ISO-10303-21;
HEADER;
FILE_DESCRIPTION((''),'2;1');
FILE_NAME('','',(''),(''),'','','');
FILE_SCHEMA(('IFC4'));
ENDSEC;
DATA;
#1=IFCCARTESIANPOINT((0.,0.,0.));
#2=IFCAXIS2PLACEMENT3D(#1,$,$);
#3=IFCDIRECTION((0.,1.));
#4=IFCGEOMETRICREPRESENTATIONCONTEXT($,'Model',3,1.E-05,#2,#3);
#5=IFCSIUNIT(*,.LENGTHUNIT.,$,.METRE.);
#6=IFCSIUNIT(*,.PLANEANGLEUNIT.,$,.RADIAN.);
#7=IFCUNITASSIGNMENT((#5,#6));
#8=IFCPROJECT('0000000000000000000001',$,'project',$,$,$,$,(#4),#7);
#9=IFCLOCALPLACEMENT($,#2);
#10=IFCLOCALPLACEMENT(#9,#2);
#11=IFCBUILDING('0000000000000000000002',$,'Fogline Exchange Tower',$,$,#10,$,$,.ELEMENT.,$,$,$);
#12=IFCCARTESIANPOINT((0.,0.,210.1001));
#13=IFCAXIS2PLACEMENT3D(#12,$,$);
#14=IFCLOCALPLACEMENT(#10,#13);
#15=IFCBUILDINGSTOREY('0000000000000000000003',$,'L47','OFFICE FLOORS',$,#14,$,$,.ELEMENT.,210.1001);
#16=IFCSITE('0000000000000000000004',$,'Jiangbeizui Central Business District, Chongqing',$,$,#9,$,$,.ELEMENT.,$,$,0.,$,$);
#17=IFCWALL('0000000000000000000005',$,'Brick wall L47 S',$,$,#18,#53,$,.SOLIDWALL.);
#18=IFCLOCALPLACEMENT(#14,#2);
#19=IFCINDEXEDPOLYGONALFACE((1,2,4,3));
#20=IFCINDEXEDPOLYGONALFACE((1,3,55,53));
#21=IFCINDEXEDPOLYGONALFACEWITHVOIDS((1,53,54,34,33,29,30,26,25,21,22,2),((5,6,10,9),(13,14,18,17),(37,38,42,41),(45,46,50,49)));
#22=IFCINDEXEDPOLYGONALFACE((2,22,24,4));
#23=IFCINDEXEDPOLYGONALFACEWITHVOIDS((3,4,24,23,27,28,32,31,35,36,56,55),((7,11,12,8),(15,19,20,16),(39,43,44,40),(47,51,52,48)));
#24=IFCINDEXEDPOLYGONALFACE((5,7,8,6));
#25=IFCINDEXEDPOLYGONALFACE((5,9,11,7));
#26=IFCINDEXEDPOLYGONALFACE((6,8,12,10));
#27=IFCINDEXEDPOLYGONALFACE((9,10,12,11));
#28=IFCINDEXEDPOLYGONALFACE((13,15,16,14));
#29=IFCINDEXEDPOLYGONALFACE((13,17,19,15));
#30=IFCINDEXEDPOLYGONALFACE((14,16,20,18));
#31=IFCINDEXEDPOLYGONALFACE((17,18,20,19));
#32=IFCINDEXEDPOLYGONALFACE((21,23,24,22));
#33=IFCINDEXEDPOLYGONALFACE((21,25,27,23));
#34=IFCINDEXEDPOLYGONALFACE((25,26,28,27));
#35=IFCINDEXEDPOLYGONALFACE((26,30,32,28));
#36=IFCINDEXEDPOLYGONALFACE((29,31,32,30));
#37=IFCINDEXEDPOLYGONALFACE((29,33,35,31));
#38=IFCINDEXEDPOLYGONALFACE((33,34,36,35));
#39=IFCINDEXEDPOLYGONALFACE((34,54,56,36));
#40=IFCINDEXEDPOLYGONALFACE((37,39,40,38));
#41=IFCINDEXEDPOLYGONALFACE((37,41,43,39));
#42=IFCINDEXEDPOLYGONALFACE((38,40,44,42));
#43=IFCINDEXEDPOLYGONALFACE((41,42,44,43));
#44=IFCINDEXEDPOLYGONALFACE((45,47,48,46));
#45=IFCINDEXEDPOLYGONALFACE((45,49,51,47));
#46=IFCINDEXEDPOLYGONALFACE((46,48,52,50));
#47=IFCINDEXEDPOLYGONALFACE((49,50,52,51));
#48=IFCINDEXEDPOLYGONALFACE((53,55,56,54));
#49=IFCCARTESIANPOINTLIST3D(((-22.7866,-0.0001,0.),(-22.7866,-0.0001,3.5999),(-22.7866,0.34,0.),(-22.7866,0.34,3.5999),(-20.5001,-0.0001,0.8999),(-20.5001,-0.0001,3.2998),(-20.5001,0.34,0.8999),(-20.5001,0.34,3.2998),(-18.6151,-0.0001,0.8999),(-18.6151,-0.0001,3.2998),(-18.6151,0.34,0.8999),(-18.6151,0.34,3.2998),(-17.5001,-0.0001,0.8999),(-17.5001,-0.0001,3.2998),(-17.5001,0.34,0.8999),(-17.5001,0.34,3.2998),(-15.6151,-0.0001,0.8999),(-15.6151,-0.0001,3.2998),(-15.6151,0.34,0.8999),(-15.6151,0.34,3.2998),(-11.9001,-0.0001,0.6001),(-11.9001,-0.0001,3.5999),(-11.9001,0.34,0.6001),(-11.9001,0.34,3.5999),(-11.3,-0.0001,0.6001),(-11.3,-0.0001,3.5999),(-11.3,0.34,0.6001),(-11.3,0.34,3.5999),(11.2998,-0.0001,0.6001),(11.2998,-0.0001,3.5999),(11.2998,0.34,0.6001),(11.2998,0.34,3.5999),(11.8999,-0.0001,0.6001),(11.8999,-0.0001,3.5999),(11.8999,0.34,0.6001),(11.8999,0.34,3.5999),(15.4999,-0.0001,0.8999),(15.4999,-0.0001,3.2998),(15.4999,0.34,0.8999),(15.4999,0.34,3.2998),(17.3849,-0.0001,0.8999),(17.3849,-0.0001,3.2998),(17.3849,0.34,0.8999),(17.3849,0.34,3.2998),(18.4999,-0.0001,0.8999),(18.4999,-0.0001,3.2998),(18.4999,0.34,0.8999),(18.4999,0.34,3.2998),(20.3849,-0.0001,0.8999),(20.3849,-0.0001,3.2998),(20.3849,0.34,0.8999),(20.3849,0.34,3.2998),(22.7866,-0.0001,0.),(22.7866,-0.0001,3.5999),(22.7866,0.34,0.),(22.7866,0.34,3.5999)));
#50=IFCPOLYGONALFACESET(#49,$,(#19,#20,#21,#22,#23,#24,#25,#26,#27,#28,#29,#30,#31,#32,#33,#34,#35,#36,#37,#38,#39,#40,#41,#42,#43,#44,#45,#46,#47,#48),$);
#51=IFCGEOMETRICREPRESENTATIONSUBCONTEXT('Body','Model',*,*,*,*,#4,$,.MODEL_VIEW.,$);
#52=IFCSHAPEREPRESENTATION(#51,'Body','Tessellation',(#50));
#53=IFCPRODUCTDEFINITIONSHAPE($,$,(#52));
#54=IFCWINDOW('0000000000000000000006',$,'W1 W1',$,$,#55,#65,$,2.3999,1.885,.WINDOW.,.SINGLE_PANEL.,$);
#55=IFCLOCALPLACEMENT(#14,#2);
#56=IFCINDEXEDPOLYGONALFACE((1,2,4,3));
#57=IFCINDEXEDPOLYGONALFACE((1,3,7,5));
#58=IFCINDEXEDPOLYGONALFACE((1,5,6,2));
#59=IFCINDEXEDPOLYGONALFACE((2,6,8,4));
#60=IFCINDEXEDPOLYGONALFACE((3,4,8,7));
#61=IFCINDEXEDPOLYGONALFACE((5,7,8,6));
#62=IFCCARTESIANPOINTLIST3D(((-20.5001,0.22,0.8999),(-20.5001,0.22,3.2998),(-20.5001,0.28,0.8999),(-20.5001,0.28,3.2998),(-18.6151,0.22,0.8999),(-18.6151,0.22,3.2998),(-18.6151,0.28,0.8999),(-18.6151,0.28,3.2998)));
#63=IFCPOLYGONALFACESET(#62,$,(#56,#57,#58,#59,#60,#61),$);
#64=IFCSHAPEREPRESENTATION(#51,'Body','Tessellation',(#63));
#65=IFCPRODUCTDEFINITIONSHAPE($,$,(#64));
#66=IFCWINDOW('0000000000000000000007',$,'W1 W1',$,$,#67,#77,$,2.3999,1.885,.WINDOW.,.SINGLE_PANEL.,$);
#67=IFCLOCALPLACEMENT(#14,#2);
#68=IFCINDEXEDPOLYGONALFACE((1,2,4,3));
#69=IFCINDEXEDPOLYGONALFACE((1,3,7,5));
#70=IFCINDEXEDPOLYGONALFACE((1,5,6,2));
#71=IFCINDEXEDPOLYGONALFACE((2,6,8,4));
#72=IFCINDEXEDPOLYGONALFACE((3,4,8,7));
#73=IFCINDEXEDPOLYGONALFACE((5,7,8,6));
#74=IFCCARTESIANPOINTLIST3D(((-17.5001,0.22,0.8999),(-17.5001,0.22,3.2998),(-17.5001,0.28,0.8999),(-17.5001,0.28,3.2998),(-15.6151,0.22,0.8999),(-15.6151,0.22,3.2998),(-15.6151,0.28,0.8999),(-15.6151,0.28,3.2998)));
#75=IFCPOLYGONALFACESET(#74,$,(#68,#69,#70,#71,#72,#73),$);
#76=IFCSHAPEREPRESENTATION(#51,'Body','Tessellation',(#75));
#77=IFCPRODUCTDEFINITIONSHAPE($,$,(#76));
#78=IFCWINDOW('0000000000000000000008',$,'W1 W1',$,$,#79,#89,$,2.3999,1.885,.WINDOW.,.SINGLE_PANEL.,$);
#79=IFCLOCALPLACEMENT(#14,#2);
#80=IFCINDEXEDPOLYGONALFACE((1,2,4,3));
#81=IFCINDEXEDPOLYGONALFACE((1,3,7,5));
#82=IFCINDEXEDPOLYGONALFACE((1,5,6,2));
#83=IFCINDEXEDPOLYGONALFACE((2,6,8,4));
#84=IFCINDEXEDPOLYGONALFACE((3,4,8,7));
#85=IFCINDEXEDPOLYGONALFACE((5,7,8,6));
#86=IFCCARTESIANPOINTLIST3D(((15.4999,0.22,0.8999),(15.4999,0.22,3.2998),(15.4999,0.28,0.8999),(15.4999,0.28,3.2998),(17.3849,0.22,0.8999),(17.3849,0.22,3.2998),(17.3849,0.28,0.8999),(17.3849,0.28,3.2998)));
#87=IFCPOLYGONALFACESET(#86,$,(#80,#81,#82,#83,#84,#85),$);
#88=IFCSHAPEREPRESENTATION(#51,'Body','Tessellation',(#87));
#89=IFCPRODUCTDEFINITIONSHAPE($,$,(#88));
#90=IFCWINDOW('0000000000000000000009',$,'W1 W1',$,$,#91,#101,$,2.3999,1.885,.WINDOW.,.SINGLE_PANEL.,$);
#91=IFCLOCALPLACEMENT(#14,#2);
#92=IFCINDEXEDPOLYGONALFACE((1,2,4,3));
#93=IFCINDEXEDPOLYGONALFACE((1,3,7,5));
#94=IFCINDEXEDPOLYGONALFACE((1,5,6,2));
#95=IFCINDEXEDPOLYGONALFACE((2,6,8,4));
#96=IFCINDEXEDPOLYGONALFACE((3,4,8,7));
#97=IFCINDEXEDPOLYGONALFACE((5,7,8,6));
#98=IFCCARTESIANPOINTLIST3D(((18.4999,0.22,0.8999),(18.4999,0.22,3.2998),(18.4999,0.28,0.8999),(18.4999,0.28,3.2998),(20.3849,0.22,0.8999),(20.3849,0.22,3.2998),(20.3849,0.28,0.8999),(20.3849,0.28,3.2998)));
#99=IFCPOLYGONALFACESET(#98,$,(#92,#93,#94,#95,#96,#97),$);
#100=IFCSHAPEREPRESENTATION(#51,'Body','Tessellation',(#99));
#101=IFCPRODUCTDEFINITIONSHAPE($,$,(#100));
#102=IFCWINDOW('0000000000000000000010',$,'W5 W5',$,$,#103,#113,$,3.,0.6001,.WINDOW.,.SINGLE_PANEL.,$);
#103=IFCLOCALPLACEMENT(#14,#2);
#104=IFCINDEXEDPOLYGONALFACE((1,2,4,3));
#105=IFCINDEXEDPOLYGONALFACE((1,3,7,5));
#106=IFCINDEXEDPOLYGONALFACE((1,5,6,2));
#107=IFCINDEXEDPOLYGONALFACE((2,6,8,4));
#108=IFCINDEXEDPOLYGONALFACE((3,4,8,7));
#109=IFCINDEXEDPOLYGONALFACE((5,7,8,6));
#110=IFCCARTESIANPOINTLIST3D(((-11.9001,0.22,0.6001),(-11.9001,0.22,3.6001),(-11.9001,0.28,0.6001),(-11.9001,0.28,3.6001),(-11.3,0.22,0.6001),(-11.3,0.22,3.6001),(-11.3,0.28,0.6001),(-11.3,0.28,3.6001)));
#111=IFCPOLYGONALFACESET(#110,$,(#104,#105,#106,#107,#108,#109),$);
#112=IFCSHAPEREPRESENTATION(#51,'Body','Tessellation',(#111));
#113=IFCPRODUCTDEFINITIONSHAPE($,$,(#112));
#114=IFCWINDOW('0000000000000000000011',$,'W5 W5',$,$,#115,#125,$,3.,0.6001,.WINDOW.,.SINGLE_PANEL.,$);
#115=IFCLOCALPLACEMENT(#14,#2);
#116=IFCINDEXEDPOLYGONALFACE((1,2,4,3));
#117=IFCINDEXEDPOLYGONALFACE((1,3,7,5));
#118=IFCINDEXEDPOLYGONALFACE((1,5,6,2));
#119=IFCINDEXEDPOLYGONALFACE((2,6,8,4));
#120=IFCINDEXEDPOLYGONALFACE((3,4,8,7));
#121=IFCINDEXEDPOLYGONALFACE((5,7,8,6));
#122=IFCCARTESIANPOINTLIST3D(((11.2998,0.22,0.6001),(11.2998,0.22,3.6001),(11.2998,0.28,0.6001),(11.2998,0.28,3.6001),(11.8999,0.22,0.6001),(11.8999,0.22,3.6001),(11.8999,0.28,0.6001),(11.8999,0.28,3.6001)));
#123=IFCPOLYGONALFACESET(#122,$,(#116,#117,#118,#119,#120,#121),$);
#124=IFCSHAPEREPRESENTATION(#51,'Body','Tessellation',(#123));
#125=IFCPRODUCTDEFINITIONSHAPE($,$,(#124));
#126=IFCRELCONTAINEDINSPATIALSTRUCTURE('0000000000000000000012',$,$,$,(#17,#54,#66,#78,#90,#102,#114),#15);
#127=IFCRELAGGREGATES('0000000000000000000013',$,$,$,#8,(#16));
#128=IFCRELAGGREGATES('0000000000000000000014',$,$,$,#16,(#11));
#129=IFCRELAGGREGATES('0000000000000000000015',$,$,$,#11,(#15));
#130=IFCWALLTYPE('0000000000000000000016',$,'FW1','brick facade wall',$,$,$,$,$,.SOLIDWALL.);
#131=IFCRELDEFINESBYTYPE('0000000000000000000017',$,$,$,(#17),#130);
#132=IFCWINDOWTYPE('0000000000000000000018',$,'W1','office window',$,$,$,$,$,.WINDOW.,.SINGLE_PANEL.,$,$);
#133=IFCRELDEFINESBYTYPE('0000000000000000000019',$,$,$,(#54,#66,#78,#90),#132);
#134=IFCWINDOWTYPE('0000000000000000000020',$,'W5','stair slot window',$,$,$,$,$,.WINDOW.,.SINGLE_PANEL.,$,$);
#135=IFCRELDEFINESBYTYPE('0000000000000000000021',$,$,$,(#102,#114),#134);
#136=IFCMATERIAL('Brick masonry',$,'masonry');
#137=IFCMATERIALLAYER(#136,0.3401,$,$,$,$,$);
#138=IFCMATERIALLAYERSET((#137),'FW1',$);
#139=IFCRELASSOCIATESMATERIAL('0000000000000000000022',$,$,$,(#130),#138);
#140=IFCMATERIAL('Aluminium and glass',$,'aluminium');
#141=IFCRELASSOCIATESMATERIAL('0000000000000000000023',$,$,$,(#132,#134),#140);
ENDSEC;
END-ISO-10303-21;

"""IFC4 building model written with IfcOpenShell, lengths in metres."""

from ifc_helpers import new_model, si_unit, direction, frame, frame_2d, origin, place, context, subcontext, project, spatial, rectangle, extrude, material, layer, layer_set, type_object, element, fill, save


model = new_model("IFC4")

# Units and contexts
model_context = context("Model", 3, precision=1e-05, world=origin(), true_north=direction((0.0, 1.0)))
body_context = subcontext(model_context, "Body", "Model", "MODEL_VIEW")
ifc_project = project(units=[si_unit("LENGTHUNIT", "METRE"), si_unit("PLANEANGLEUNIT", "RADIAN")], contexts=[model_context])

# Site, building, storey
site_placement = place(None, origin())
site = spatial("IfcSite", under=ifc_project, at=site_placement, Name="Jiangbeizui Central Business District, Chongqing", CompositionType="ELEMENT", RefElevation=0.0)
building_placement = place(site_placement, origin())
building = spatial("IfcBuilding", under=site, at=building_placement, Name="Fogline Exchange Tower", CompositionType="ELEMENT")
storey_placement = place(building_placement, frame((0.0, 0.0, 210.1001)))
storey = spatial("IfcBuildingStorey", under=building, at=storey_placement, Name="L47", Description="OFFICE FLOORS", CompositionType="ELEMENT", Elevation=210.1001)

# Shared definitions
ifc_material_1 = material(Name="Brick masonry", Category="masonry")
ifc_layer = layer(ifc_material_1, 0.3401)
ifc_layer_set = layer_set([ifc_layer], Name="FW1")
wall_type = type_object("IfcWallType", Name="FW1", Description="brick facade wall", PredefinedType="SOLIDWALL", material=ifc_layer_set)
ifc_material_2 = material(Name="Aluminium and glass", Category="aluminium")

# Wall, openings, windows
wall_1_placement = place(storey_placement, frame((-22.7866, 0.1699, 0.0), z_axis=(0.0, 0.0, 1.0), x_axis=(1.0, 0.0, 0.0)))
wall_1 = element("IfcWall", 1, at=wall_1_placement, inside=storey, type_object=wall_type, Name="Brick wall L47 S", PredefinedType="SOLIDWALL", context=body_context, shape_type="SweptSolid", body=[
    extrude(rectangle(XDim=45.5732, YDim=0.3401, at=frame_2d((22.7866, 0.0))), origin(), (0.0, 0.0, 1.0), 3.5999),
])
opening_1_placement = place(wall_1_placement, frame((2.2866, 0.0, 0.8999)))
opening_1 = element("IfcOpeningElement", 2, at=opening_1_placement, cuts=wall_1, PredefinedType="OPENING", context=body_context, shape_type="SweptSolid", body=[
    extrude(rectangle(XDim=1.885, YDim=2.3999, at=frame_2d((0.9424, 1.2))), frame((0.0, 0.1802, 0.0), z_axis=(0.0, -1.0, 0.0), x_axis=(1.0, 0.0, 0.0)), (0.0, 0.0, 1.0), 0.3601),
])
opening_2_placement = place(wall_1_placement, frame((5.2866, 0.0, 0.8999)))
opening_2 = element("IfcOpeningElement", 3, at=opening_2_placement, cuts=wall_1, PredefinedType="OPENING", context=body_context, shape_type="SweptSolid", body=[
    extrude(rectangle(XDim=1.885, YDim=2.3999, at=frame_2d((0.9424, 1.2))), frame((0.0, 0.1802, 0.0), z_axis=(0.0, -1.0, 0.0), x_axis=(1.0, 0.0, 0.0)), (0.0, 0.0, 1.0), 0.3601),
])
opening_3_placement = place(wall_1_placement, frame((38.2866, 0.0, 0.8999)))
opening_3 = element("IfcOpeningElement", 4, at=opening_3_placement, cuts=wall_1, PredefinedType="OPENING", context=body_context, shape_type="SweptSolid", body=[
    extrude(rectangle(XDim=1.885, YDim=2.3999, at=frame_2d((0.9424, 1.2))), frame((0.0, 0.1802, 0.0), z_axis=(0.0, -1.0, 0.0), x_axis=(1.0, 0.0, 0.0)), (0.0, 0.0, 1.0), 0.3601),
])
opening_4_placement = place(wall_1_placement, frame((41.2866, 0.0, 0.8999)))
opening_4 = element("IfcOpeningElement", 5, at=opening_4_placement, cuts=wall_1, PredefinedType="OPENING", context=body_context, shape_type="SweptSolid", body=[
    extrude(rectangle(XDim=1.885, YDim=2.3999, at=frame_2d((0.9424, 1.2))), frame((0.0, 0.1802, 0.0), z_axis=(0.0, -1.0, 0.0), x_axis=(1.0, 0.0, 0.0)), (0.0, 0.0, 1.0), 0.3601),
])
opening_5_placement = place(wall_1_placement, frame((10.8865, 0.0, 0.6001)))
opening_5 = element("IfcOpeningElement", 6, at=opening_5_placement, cuts=wall_1, PredefinedType="OPENING", context=body_context, shape_type="SweptSolid", body=[
    extrude(rectangle(XDim=0.6001, YDim=3.0, at=frame_2d((0.3, 1.5))), frame((0.0, 0.1802, 0.0), z_axis=(0.0, -1.0, 0.0), x_axis=(1.0, 0.0, 0.0)), (0.0, 0.0, 1.0), 0.3601),
])
opening_6_placement = place(wall_1_placement, frame((34.0864, 0.0, 0.6001)))
opening_6 = element("IfcOpeningElement", 7, at=opening_6_placement, cuts=wall_1, PredefinedType="OPENING", context=body_context, shape_type="SweptSolid", body=[
    extrude(rectangle(XDim=0.6001, YDim=3.0, at=frame_2d((0.3, 1.5))), frame((0.0, 0.1802, 0.0), z_axis=(0.0, -1.0, 0.0), x_axis=(1.0, 0.0, 0.0)), (0.0, 0.0, 1.0), 0.3601),
])
window_type_1 = type_object("IfcWindowType", Name="W1", Description="office window", PartitioningType="SINGLE_PANEL", PredefinedType="WINDOW", material=ifc_material_2)
window_1_placement = place(opening_1_placement, origin())
window_1 = element("IfcWindow", 8, at=window_1_placement, inside=storey, type_object=window_type_1, Name="W1 W1", OverallHeight=2.3999, OverallWidth=1.885, PartitioningType="SINGLE_PANEL", PredefinedType="WINDOW", context=body_context, shape_type="SweptSolid", body=[
    extrude(rectangle(XDim=1.885, YDim=2.3999, at=frame_2d((0.9424, 1.2))), frame((0.0, 0.1101, 0.0), z_axis=(0.0, -1.0, 0.0), x_axis=(1.0, 0.0, 0.0)), (0.0, 0.0, 1.0), 0.0601),
])
fill(opening_1, window_1)
window_2_placement = place(opening_2_placement, origin())
window_2 = element("IfcWindow", 9, at=window_2_placement, inside=storey, type_object=window_type_1, Name="W1 W1", OverallHeight=2.3999, OverallWidth=1.885, PartitioningType="SINGLE_PANEL", PredefinedType="WINDOW", context=body_context, shape_type="SweptSolid", body=[
    extrude(rectangle(XDim=1.885, YDim=2.3999, at=frame_2d((0.9424, 1.2))), frame((0.0, 0.1101, 0.0), z_axis=(0.0, -1.0, 0.0), x_axis=(1.0, 0.0, 0.0)), (0.0, 0.0, 1.0), 0.0601),
])
fill(opening_2, window_2)
window_3_placement = place(opening_3_placement, origin())
window_3 = element("IfcWindow", 10, at=window_3_placement, inside=storey, type_object=window_type_1, Name="W1 W1", OverallHeight=2.3999, OverallWidth=1.885, PartitioningType="SINGLE_PANEL", PredefinedType="WINDOW", context=body_context, shape_type="SweptSolid", body=[
    extrude(rectangle(XDim=1.885, YDim=2.3999, at=frame_2d((0.9424, 1.2))), frame((0.0, 0.1101, 0.0), z_axis=(0.0, -1.0, 0.0), x_axis=(1.0, 0.0, 0.0)), (0.0, 0.0, 1.0), 0.0601),
])
fill(opening_3, window_3)
window_4_placement = place(opening_4_placement, origin())
window_4 = element("IfcWindow", 11, at=window_4_placement, inside=storey, type_object=window_type_1, Name="W1 W1", OverallHeight=2.3999, OverallWidth=1.885, PartitioningType="SINGLE_PANEL", PredefinedType="WINDOW", context=body_context, shape_type="SweptSolid", body=[
    extrude(rectangle(XDim=1.885, YDim=2.3999, at=frame_2d((0.9424, 1.2))), frame((0.0, 0.1101, 0.0), z_axis=(0.0, -1.0, 0.0), x_axis=(1.0, 0.0, 0.0)), (0.0, 0.0, 1.0), 0.0601),
])
fill(opening_4, window_4)
window_type_2 = type_object("IfcWindowType", Name="W5", Description="stair slot window", PartitioningType="SINGLE_PANEL", PredefinedType="WINDOW", material=ifc_material_2)
window_5_placement = place(opening_5_placement, origin())
window_5 = element("IfcWindow", 12, at=window_5_placement, inside=storey, type_object=window_type_2, Name="W5 W5", OverallHeight=3.0, OverallWidth=0.6001, PartitioningType="SINGLE_PANEL", PredefinedType="WINDOW", context=body_context, shape_type="SweptSolid", body=[
    extrude(rectangle(XDim=0.6001, YDim=3.0, at=frame_2d((0.3, 1.5))), frame((0.0, 0.1101, 0.0), z_axis=(0.0, -1.0, 0.0), x_axis=(1.0, 0.0, 0.0)), (0.0, 0.0, 1.0), 0.0601),
])
fill(opening_5, window_5)
window_6_placement = place(opening_6_placement, origin())
window_6 = element("IfcWindow", 13, at=window_6_placement, inside=storey, type_object=window_type_2, Name="W5 W5", OverallHeight=3.0, OverallWidth=0.6001, PartitioningType="SINGLE_PANEL", PredefinedType="WINDOW", context=body_context, shape_type="SweptSolid", body=[
    extrude(rectangle(XDim=0.6001, YDim=3.0, at=frame_2d((0.3, 1.5))), frame((0.0, 0.1101, 0.0), z_axis=(0.0, -1.0, 0.0), x_axis=(1.0, 0.0, 0.0)), (0.0, 0.0, 1.0), 0.0601),
])
fill(opening_6, window_6)

save(model, "model.ifc")
